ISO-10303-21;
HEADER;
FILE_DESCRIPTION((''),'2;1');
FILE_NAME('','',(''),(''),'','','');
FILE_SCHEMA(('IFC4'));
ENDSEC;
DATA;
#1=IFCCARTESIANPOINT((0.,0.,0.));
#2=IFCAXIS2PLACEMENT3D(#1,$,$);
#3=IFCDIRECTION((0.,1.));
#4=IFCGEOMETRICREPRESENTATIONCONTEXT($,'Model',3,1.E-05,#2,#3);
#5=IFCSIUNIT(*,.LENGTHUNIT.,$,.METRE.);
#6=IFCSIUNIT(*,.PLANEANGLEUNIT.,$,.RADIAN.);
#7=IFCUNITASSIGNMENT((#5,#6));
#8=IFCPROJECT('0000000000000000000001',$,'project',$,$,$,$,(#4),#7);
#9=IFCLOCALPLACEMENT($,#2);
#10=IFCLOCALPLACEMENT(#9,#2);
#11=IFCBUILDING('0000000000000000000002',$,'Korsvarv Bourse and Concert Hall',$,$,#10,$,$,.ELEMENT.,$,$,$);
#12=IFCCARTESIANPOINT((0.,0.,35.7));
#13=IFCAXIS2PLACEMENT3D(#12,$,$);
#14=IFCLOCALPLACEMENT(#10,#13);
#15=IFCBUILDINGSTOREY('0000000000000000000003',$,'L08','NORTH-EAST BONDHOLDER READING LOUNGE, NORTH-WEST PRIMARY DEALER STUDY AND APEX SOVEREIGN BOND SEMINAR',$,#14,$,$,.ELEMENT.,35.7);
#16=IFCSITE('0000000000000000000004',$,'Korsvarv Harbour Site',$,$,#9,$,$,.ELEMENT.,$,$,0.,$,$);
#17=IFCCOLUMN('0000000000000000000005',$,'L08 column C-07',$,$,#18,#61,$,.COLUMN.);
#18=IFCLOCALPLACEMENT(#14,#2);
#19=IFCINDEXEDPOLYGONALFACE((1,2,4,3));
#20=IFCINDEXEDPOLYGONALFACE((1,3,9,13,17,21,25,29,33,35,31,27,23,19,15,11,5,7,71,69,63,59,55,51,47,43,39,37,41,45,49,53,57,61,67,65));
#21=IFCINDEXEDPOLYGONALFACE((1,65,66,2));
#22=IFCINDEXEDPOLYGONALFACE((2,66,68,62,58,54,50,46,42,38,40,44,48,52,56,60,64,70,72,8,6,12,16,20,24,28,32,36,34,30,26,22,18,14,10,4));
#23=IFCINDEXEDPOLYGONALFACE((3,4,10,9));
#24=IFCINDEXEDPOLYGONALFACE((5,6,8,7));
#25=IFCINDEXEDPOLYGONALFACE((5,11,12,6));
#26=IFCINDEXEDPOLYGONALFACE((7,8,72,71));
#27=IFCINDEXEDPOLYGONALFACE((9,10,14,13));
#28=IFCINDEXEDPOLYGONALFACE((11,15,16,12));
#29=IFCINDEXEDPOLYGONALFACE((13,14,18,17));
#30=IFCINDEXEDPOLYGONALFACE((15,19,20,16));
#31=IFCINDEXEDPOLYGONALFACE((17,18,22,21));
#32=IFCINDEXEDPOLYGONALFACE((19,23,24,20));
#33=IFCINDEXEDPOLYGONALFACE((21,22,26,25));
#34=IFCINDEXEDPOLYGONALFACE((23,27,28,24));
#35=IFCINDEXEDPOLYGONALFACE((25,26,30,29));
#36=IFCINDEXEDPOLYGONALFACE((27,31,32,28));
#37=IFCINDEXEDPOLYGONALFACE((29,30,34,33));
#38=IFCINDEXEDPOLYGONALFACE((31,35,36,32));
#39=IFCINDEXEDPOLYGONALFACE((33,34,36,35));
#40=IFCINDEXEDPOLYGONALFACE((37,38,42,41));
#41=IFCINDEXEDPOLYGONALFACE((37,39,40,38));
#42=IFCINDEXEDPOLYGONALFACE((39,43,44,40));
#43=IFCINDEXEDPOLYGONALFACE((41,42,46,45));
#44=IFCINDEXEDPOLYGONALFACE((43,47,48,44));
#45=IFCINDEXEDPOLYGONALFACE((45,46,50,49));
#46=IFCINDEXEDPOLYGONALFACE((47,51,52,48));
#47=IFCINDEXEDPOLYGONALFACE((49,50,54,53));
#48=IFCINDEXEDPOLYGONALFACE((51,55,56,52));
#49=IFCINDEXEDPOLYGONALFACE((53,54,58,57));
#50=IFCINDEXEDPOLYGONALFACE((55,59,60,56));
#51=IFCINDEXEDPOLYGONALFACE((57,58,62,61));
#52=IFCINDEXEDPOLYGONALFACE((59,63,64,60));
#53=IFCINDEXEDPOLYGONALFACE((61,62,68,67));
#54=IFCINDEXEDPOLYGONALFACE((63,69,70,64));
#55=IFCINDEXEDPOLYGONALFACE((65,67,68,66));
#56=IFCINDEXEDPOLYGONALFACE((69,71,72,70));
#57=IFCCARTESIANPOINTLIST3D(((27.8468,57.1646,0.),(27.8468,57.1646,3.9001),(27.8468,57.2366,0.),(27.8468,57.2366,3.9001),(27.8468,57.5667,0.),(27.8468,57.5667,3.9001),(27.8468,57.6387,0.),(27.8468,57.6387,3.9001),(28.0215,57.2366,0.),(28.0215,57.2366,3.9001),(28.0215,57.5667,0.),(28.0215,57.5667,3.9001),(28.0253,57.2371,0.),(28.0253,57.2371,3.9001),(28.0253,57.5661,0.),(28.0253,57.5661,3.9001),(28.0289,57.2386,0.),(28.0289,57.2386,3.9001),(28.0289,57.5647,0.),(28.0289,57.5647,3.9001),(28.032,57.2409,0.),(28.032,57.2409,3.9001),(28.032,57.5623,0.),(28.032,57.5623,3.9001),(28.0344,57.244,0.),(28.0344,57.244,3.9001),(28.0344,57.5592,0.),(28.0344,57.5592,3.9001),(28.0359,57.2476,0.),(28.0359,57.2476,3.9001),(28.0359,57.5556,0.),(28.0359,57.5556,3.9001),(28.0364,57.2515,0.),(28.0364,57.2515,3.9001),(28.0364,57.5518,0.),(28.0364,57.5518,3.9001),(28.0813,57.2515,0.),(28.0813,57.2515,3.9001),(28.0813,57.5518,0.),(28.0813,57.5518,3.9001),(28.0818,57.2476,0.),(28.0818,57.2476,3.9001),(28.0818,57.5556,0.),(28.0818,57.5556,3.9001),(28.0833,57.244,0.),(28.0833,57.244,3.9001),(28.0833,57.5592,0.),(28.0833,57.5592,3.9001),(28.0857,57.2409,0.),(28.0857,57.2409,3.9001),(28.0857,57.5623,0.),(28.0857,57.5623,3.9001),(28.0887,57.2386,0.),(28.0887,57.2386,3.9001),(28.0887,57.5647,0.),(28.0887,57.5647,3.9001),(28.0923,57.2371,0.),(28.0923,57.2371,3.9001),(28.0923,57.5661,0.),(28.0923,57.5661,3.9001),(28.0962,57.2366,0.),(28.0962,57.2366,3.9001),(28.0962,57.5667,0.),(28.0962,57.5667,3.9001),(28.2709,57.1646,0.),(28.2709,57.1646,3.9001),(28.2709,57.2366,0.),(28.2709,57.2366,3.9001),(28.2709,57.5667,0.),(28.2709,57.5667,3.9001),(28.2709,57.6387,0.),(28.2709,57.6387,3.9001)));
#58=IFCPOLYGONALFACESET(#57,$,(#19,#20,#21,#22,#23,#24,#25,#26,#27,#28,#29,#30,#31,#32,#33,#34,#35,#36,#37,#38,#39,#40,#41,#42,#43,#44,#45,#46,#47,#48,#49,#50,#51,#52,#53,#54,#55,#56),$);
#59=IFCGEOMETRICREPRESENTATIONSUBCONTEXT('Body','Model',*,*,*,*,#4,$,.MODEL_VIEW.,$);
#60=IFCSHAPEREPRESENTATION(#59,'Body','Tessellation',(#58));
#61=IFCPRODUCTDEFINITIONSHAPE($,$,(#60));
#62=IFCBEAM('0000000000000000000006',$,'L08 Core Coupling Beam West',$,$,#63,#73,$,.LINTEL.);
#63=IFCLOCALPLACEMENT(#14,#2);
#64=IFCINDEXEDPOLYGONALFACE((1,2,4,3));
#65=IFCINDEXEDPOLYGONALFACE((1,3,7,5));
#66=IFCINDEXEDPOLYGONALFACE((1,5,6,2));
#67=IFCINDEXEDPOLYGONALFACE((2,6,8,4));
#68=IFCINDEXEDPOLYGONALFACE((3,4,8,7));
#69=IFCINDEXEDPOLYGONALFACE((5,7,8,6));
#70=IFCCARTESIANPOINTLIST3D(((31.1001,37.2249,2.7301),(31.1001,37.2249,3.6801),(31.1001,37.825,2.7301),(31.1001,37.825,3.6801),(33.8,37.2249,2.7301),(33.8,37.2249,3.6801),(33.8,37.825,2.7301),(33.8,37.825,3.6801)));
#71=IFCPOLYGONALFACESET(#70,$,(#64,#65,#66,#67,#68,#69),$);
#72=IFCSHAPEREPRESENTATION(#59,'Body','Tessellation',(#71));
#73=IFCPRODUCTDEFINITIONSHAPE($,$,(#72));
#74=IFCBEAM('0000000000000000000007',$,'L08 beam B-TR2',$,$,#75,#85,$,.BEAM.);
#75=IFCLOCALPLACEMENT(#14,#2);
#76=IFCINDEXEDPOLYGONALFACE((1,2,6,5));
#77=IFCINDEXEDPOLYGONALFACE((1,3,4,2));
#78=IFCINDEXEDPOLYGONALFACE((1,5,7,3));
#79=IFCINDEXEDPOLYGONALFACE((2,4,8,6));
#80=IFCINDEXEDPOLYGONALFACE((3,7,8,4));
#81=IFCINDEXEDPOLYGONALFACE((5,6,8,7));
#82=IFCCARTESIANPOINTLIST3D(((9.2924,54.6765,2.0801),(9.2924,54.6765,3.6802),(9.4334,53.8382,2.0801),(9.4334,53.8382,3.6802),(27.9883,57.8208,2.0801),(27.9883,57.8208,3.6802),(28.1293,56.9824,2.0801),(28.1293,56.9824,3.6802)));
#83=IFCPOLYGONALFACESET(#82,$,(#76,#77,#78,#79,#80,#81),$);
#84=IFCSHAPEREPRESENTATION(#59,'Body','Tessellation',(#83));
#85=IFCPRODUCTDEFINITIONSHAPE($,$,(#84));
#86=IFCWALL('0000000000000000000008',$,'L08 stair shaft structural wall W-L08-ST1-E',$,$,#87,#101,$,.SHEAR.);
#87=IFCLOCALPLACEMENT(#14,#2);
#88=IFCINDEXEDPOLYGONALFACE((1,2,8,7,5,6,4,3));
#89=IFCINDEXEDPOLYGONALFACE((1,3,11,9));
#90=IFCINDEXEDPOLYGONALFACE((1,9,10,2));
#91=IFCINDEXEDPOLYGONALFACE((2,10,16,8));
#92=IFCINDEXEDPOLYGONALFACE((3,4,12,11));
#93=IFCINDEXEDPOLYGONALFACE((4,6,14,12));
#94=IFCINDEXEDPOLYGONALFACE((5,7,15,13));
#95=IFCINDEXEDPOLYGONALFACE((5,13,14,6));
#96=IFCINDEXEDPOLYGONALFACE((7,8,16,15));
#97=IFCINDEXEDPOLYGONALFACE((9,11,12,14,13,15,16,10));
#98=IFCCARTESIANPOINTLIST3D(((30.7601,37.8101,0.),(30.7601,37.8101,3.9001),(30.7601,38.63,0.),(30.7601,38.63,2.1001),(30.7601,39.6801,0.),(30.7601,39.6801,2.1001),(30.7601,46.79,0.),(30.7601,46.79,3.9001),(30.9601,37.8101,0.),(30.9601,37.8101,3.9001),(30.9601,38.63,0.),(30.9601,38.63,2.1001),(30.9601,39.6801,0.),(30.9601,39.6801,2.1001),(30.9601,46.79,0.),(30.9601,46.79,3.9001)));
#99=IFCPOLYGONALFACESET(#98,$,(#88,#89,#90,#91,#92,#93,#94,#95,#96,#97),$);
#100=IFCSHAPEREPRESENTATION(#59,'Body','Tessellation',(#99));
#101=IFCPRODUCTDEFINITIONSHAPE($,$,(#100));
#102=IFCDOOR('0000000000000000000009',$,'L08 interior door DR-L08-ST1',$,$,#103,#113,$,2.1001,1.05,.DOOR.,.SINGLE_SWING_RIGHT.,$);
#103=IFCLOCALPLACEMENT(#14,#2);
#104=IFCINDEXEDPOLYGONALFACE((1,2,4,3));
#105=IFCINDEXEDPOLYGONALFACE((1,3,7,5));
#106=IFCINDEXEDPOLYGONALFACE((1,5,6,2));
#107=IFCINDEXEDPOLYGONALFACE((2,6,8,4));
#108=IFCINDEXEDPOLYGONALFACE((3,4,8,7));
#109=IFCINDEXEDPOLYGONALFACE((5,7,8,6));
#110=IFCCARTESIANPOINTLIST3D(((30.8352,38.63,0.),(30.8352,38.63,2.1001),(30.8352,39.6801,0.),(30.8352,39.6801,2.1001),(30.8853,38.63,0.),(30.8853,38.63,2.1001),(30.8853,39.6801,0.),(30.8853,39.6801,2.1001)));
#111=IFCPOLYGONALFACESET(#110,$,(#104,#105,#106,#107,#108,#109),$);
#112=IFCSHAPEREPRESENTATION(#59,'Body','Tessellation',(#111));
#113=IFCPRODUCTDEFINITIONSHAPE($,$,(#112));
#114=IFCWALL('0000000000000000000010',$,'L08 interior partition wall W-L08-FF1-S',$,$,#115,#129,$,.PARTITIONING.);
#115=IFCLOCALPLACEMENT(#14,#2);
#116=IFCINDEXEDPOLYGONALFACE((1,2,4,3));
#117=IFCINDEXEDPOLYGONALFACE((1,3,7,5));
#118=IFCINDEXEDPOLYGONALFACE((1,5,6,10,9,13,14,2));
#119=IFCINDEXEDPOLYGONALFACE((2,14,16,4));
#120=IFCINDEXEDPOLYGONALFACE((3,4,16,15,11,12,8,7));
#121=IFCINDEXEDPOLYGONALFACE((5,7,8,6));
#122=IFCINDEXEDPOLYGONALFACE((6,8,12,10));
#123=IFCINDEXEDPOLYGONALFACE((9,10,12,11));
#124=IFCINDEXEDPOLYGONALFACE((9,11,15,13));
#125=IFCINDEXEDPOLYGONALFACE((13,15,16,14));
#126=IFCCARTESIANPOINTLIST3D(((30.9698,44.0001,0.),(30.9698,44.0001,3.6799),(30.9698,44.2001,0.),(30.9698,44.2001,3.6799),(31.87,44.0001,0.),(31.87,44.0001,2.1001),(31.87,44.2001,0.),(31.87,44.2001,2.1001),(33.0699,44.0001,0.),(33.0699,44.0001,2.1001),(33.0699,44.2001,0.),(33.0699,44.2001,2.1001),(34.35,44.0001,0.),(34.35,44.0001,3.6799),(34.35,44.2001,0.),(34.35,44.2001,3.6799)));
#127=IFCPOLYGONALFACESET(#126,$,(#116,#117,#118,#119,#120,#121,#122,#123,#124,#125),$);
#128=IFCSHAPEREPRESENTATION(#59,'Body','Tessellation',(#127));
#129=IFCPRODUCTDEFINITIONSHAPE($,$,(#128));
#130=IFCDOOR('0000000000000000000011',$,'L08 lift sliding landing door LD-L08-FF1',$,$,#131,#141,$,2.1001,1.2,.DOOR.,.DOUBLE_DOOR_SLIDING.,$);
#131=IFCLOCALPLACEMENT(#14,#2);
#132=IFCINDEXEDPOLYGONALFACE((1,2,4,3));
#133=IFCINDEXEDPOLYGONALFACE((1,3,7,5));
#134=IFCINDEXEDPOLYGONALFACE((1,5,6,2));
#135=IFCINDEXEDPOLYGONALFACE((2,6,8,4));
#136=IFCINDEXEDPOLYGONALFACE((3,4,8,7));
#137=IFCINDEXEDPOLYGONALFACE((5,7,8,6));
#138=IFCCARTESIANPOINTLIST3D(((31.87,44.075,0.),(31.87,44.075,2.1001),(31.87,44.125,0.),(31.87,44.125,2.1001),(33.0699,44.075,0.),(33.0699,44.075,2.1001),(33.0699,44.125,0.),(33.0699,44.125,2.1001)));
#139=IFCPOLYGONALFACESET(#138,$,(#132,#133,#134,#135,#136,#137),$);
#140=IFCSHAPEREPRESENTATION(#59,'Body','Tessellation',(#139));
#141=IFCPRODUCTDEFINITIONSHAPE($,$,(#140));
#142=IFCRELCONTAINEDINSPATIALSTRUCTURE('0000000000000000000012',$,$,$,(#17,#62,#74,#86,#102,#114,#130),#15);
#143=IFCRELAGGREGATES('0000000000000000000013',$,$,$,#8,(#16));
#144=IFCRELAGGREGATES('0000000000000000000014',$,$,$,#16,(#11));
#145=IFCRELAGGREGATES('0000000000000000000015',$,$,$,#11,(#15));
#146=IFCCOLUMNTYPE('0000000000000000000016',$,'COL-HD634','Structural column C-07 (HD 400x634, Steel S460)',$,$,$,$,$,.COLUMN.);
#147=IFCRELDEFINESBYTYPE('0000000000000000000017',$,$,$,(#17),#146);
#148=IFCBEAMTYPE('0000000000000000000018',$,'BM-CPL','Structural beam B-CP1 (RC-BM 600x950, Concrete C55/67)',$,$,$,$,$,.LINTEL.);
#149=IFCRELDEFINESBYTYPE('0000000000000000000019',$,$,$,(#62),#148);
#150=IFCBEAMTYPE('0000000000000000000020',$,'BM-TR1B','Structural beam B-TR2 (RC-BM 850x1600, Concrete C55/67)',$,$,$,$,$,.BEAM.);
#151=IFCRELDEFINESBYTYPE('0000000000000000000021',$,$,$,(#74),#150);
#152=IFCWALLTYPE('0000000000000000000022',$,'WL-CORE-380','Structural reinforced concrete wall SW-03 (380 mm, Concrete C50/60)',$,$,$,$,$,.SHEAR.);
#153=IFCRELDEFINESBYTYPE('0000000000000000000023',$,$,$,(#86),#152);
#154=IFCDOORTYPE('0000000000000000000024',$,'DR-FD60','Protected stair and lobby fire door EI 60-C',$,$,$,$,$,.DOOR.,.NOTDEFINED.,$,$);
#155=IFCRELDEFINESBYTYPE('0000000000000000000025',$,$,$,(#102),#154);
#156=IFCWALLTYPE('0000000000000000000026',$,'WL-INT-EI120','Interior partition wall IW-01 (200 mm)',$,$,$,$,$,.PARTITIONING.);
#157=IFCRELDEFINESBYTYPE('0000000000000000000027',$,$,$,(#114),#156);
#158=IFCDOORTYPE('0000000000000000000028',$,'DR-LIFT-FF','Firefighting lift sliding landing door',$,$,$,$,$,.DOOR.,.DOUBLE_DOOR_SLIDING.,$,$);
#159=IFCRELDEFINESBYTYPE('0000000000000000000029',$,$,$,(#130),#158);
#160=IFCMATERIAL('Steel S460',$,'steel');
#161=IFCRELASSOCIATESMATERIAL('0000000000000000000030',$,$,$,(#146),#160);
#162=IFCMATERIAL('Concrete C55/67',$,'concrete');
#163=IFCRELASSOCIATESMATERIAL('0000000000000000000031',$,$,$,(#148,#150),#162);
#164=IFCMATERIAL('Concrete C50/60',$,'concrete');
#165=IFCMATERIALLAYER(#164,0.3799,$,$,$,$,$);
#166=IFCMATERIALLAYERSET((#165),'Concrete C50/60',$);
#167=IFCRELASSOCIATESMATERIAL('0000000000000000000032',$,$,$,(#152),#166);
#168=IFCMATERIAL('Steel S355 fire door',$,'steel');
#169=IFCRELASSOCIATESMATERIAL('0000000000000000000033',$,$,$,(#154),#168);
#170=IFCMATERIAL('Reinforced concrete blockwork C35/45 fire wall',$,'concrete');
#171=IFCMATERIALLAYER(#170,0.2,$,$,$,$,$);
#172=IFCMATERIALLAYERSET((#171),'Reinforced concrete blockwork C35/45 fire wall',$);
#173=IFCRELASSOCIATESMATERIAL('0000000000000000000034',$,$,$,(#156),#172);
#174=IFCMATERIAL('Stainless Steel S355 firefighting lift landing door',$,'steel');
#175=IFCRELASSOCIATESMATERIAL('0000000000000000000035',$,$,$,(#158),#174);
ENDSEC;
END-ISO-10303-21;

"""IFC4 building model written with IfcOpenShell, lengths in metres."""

from ifc_helpers import new_model, si_unit, direction, frame, frame_2d, origin, origin_2d, place, context, subcontext, project, spatial, rectangle, i_section, extrude, source, transform, mapped, material, layer, layer_set, material_profile, profile_set, type_object, element, fill, save


model = new_model("IFC4")

# Units and contexts
model_context = context("Model", 3, precision=1e-05, world=origin(), true_north=direction((0.0, 1.0)))
body_context = subcontext(model_context, "Body", "Model", "MODEL_VIEW")
ifc_project = project(units=[si_unit("LENGTHUNIT", "METRE"), si_unit("PLANEANGLEUNIT", "RADIAN")], contexts=[model_context])

# Site, building, storey
site_placement = place(None, origin())
site = spatial("IfcSite", under=ifc_project, at=site_placement, Name="Korsvarv Harbour Site", CompositionType="ELEMENT", RefElevation=0.0)
building_placement = place(site_placement, origin())
building = spatial("IfcBuilding", under=site, at=building_placement, Name="Korsvarv Bourse and Concert Hall", CompositionType="ELEMENT")
storey_placement = place(building_placement, frame((0.0, 0.0, 35.7)))
storey = spatial("IfcBuildingStorey", under=building, at=storey_placement, Name="L08", Description="NORTH-EAST BONDHOLDER READING LOUNGE, NORTH-WEST PRIMARY DEALER STUDY AND APEX SOVEREIGN BOND SEMINAR", CompositionType="ELEMENT", Elevation=35.7)

# Column
ifc_material_1 = material(Name="Steel S460", Category="steel")
ifc_material_profile_1 = material_profile(ifc_material_1, i_section(OverallWidth=0.4241, OverallDepth=0.4741, WebThickness=0.0449, FlangeThickness=0.072, FilletRadius=0.0149, at=origin_2d()), Name="HD 400x634")
ifc_profile_set_1 = profile_set([ifc_material_profile_1], Name="Steel S460")
column_type = type_object("IfcColumnType", Name="COL-HD634", Description="Structural column C-07 (HD 400x634, Steel S460)", PredefinedType="COLUMN", material=ifc_profile_set_1)
shared_shape_1 = source(origin(), body_context, "Body", "SweptSolid", [
    extrude(i_section(OverallWidth=0.4241, OverallDepth=0.4741, WebThickness=0.0449, FlangeThickness=0.072, FilletRadius=0.0149, at=origin_2d()), origin(), (0.0, 0.0, 1.0), 3.9001),
])
column_placement = place(storey_placement, frame((28.0588, 57.4016, 0.0), z_axis=(0.0, 0.0, 1.0), x_axis=(1.0, 0.0, 0.0)))
element("IfcColumn", 1, at=column_placement, inside=storey, type_object=column_type, Name="L08 column C-07", PredefinedType="COLUMN", context=body_context, shape_type="MappedRepresentation", body=[
    mapped(shared_shape_1, transform((0.0, 0.0, 0.0), scale=1.0)),
])

# Beams
ifc_material_2 = material(Name="Concrete C55/67", Category="concrete")
ifc_material_profile_2 = material_profile(ifc_material_2, rectangle(XDim=0.6001, YDim=0.95, at=origin_2d()), Name="RC-BM 600x950")
ifc_profile_set_2 = profile_set([ifc_material_profile_2], Name="Concrete C55/67")
beam_type_1 = type_object("IfcBeamType", Name="BM-CPL", Description="Structural beam B-CP1 (RC-BM 600x950, Concrete C55/67)", PredefinedType="LINTEL", material=ifc_profile_set_2)
shared_shape_2 = source(origin(), body_context, "Body", "SweptSolid", [
    extrude(rectangle(XDim=0.6001, YDim=0.95, at=origin_2d()), origin(), (0.0, 0.0, 1.0), 2.7),
])
beam_1_placement = place(storey_placement, frame((31.1001, 37.5249, 3.2051), z_axis=(1.0, 0.0, 0.0), x_axis=(0.0, 1.0, 0.0)))
element("IfcBeam", 2, at=beam_1_placement, inside=storey, type_object=beam_type_1, Name="L08 Core Coupling Beam West", PredefinedType="LINTEL", context=body_context, shape_type="MappedRepresentation", body=[
    mapped(shared_shape_2, transform((0.0, 0.0, 0.0), scale=1.0)),
])
ifc_material_profile_3 = material_profile(ifc_material_2, rectangle(XDim=0.8501, YDim=1.6001, at=origin_2d()), Name="RC-BM 850x1600")
ifc_profile_set_3 = profile_set([ifc_material_profile_3], Name="Concrete C55/67")
beam_type_2 = type_object("IfcBeamType", Name="BM-TR1B", Description="Structural beam B-TR2 (RC-BM 850x1600, Concrete C55/67)", PredefinedType="BEAM", material=ifc_profile_set_3)
shared_shape_3 = source(origin(), body_context, "Body", "SweptSolid", [
    extrude(rectangle(XDim=0.8501, YDim=1.6001, at=origin_2d()), origin(), (0.0, 0.0, 1.0), 18.9585),
])
beam_2_placement = place(storey_placement, frame((28.0588, 57.4016, 2.8801), z_axis=(-0.986151, -0.16585, 0.0), x_axis=(0.16585, -0.986151, 0.0)))
element("IfcBeam", 3, at=beam_2_placement, inside=storey, type_object=beam_type_2, Name="L08 beam B-TR2", PredefinedType="BEAM", context=body_context, shape_type="MappedRepresentation", body=[
    mapped(shared_shape_3, transform((0.0, 0.0, 0.0), scale=1.0)),
])

# Walls, openings, doors
ifc_material_3 = material(Name="Concrete C50/60", Category="concrete")
ifc_layer_1 = layer(ifc_material_3, 0.3799)
ifc_layer_set_1 = layer_set([ifc_layer_1], Name="Concrete C50/60")
wall_type_1 = type_object("IfcWallType", Name="WL-CORE-380", Description="Structural reinforced concrete wall SW-03 (380 mm, Concrete C50/60)", PredefinedType="SHEAR", material=ifc_layer_set_1)
wall_1_placement = place(storey_placement, frame((30.8601, 37.8101, 0.0), z_axis=(0.0, 0.0, 1.0), x_axis=(0.0, 1.0, 0.0)))
wall_1 = element("IfcWall", 4, at=wall_1_placement, inside=storey, type_object=wall_type_1, Name="L08 stair shaft structural wall W-L08-ST1-E", PredefinedType="SHEAR", context=body_context, shape_type="SweptSolid", body=[
    extrude(rectangle(XDim=8.98, YDim=0.2, at=frame_2d((4.49, 0.0))), origin(), (0.0, 0.0, 1.0), 3.9001),
])
opening_1_placement = place(wall_1_placement, frame((0.8201, 0.0, 0.0)))
opening_1 = element("IfcOpeningElement", 5, at=opening_1_placement, cuts=wall_1, PredefinedType="OPENING", context=body_context, shape_type="SweptSolid", body=[
    extrude(rectangle(XDim=1.05, YDim=2.1001, at=frame_2d((0.5249, 1.05))), frame((0.0, 0.1099, 0.0), z_axis=(0.0, -1.0, 0.0), x_axis=(1.0, 0.0, 0.0)), (0.0, 0.0, 1.0), 0.22),
])
ifc_material_4 = material(Name="Steel S355 fire door", Category="steel")
door_type_1 = type_object("IfcDoorType", Name="DR-FD60", Description="Protected stair and lobby fire door EI 60-C", OperationType="NOTDEFINED", PredefinedType="DOOR", material=ifc_material_4)
door_1_placement = place(opening_1_placement, origin())
door_1 = element("IfcDoor", 6, at=door_1_placement, inside=storey, type_object=door_type_1, Name="L08 interior door DR-L08-ST1", OperationType="SINGLE_SWING_RIGHT", OverallHeight=2.1001, OverallWidth=1.05, PredefinedType="DOOR", context=body_context, shape_type="SweptSolid", body=[
    extrude(rectangle(XDim=1.05, YDim=2.1001, at=frame_2d((0.5249, 1.05))), frame((0.0, 0.0249, 0.0), z_axis=(0.0, -1.0, 0.0), x_axis=(1.0, 0.0, 0.0)), (0.0, 0.0, 1.0), 0.05),
])
fill(opening_1, door_1)
ifc_material_5 = material(Name="Reinforced concrete blockwork C35/45 fire wall", Category="concrete")
ifc_layer_2 = layer(ifc_material_5, 0.2)
ifc_layer_set_2 = layer_set([ifc_layer_2], Name="Reinforced concrete blockwork C35/45 fire wall")
wall_type_2 = type_object("IfcWallType", Name="WL-INT-EI120", Description="Interior partition wall IW-01 (200 mm)", PredefinedType="PARTITIONING", material=ifc_layer_set_2)
wall_2_placement = place(storey_placement, frame((30.97, 44.1001, 0.0), z_axis=(0.0, 0.0, 1.0), x_axis=(1.0, 0.0, 0.0)))
wall_2 = element("IfcWall", 7, at=wall_2_placement, inside=storey, type_object=wall_type_2, Name="L08 interior partition wall W-L08-FF1-S", PredefinedType="PARTITIONING", context=body_context, shape_type="SweptSolid", body=[
    extrude(rectangle(XDim=3.3801, YDim=0.2, at=frame_2d((1.6899, 0.0))), origin(), (0.0, 0.0, 1.0), 3.6799),
])
opening_2_placement = place(wall_2_placement, frame((0.8999, 0.0, 0.0)))
opening_2 = element("IfcOpeningElement", 8, at=opening_2_placement, cuts=wall_2, PredefinedType="OPENING", context=body_context, shape_type="SweptSolid", body=[
    extrude(rectangle(XDim=1.2, YDim=2.1001, at=frame_2d((0.6001, 1.05))), frame((0.0, 0.1099, 0.0), z_axis=(0.0, -1.0, 0.0), x_axis=(1.0, 0.0, 0.0)), (0.0, 0.0, 1.0), 0.22),
])
ifc_material_6 = material(Name="Stainless Steel S355 firefighting lift landing door", Category="steel")
door_type_2 = type_object("IfcDoorType", Name="DR-LIFT-FF", Description="Firefighting lift sliding landing door", OperationType="DOUBLE_DOOR_SLIDING", PredefinedType="DOOR", material=ifc_material_6)
door_2_placement = place(opening_2_placement, origin())
door_2 = element("IfcDoor", 9, at=door_2_placement, inside=storey, type_object=door_type_2, Name="L08 lift sliding landing door LD-L08-FF1", OperationType="DOUBLE_DOOR_SLIDING", OverallHeight=2.1001, OverallWidth=1.2, PredefinedType="DOOR", context=body_context, shape_type="SweptSolid", body=[
    extrude(rectangle(XDim=1.2, YDim=2.1001, at=frame_2d((0.6001, 1.05))), frame((0.0, 0.0249, 0.0), z_axis=(0.0, -1.0, 0.0), x_axis=(1.0, 0.0, 0.0)), (0.0, 0.0, 1.0), 0.05),
])
fill(opening_2, door_2)

save(model, "model.ifc")
